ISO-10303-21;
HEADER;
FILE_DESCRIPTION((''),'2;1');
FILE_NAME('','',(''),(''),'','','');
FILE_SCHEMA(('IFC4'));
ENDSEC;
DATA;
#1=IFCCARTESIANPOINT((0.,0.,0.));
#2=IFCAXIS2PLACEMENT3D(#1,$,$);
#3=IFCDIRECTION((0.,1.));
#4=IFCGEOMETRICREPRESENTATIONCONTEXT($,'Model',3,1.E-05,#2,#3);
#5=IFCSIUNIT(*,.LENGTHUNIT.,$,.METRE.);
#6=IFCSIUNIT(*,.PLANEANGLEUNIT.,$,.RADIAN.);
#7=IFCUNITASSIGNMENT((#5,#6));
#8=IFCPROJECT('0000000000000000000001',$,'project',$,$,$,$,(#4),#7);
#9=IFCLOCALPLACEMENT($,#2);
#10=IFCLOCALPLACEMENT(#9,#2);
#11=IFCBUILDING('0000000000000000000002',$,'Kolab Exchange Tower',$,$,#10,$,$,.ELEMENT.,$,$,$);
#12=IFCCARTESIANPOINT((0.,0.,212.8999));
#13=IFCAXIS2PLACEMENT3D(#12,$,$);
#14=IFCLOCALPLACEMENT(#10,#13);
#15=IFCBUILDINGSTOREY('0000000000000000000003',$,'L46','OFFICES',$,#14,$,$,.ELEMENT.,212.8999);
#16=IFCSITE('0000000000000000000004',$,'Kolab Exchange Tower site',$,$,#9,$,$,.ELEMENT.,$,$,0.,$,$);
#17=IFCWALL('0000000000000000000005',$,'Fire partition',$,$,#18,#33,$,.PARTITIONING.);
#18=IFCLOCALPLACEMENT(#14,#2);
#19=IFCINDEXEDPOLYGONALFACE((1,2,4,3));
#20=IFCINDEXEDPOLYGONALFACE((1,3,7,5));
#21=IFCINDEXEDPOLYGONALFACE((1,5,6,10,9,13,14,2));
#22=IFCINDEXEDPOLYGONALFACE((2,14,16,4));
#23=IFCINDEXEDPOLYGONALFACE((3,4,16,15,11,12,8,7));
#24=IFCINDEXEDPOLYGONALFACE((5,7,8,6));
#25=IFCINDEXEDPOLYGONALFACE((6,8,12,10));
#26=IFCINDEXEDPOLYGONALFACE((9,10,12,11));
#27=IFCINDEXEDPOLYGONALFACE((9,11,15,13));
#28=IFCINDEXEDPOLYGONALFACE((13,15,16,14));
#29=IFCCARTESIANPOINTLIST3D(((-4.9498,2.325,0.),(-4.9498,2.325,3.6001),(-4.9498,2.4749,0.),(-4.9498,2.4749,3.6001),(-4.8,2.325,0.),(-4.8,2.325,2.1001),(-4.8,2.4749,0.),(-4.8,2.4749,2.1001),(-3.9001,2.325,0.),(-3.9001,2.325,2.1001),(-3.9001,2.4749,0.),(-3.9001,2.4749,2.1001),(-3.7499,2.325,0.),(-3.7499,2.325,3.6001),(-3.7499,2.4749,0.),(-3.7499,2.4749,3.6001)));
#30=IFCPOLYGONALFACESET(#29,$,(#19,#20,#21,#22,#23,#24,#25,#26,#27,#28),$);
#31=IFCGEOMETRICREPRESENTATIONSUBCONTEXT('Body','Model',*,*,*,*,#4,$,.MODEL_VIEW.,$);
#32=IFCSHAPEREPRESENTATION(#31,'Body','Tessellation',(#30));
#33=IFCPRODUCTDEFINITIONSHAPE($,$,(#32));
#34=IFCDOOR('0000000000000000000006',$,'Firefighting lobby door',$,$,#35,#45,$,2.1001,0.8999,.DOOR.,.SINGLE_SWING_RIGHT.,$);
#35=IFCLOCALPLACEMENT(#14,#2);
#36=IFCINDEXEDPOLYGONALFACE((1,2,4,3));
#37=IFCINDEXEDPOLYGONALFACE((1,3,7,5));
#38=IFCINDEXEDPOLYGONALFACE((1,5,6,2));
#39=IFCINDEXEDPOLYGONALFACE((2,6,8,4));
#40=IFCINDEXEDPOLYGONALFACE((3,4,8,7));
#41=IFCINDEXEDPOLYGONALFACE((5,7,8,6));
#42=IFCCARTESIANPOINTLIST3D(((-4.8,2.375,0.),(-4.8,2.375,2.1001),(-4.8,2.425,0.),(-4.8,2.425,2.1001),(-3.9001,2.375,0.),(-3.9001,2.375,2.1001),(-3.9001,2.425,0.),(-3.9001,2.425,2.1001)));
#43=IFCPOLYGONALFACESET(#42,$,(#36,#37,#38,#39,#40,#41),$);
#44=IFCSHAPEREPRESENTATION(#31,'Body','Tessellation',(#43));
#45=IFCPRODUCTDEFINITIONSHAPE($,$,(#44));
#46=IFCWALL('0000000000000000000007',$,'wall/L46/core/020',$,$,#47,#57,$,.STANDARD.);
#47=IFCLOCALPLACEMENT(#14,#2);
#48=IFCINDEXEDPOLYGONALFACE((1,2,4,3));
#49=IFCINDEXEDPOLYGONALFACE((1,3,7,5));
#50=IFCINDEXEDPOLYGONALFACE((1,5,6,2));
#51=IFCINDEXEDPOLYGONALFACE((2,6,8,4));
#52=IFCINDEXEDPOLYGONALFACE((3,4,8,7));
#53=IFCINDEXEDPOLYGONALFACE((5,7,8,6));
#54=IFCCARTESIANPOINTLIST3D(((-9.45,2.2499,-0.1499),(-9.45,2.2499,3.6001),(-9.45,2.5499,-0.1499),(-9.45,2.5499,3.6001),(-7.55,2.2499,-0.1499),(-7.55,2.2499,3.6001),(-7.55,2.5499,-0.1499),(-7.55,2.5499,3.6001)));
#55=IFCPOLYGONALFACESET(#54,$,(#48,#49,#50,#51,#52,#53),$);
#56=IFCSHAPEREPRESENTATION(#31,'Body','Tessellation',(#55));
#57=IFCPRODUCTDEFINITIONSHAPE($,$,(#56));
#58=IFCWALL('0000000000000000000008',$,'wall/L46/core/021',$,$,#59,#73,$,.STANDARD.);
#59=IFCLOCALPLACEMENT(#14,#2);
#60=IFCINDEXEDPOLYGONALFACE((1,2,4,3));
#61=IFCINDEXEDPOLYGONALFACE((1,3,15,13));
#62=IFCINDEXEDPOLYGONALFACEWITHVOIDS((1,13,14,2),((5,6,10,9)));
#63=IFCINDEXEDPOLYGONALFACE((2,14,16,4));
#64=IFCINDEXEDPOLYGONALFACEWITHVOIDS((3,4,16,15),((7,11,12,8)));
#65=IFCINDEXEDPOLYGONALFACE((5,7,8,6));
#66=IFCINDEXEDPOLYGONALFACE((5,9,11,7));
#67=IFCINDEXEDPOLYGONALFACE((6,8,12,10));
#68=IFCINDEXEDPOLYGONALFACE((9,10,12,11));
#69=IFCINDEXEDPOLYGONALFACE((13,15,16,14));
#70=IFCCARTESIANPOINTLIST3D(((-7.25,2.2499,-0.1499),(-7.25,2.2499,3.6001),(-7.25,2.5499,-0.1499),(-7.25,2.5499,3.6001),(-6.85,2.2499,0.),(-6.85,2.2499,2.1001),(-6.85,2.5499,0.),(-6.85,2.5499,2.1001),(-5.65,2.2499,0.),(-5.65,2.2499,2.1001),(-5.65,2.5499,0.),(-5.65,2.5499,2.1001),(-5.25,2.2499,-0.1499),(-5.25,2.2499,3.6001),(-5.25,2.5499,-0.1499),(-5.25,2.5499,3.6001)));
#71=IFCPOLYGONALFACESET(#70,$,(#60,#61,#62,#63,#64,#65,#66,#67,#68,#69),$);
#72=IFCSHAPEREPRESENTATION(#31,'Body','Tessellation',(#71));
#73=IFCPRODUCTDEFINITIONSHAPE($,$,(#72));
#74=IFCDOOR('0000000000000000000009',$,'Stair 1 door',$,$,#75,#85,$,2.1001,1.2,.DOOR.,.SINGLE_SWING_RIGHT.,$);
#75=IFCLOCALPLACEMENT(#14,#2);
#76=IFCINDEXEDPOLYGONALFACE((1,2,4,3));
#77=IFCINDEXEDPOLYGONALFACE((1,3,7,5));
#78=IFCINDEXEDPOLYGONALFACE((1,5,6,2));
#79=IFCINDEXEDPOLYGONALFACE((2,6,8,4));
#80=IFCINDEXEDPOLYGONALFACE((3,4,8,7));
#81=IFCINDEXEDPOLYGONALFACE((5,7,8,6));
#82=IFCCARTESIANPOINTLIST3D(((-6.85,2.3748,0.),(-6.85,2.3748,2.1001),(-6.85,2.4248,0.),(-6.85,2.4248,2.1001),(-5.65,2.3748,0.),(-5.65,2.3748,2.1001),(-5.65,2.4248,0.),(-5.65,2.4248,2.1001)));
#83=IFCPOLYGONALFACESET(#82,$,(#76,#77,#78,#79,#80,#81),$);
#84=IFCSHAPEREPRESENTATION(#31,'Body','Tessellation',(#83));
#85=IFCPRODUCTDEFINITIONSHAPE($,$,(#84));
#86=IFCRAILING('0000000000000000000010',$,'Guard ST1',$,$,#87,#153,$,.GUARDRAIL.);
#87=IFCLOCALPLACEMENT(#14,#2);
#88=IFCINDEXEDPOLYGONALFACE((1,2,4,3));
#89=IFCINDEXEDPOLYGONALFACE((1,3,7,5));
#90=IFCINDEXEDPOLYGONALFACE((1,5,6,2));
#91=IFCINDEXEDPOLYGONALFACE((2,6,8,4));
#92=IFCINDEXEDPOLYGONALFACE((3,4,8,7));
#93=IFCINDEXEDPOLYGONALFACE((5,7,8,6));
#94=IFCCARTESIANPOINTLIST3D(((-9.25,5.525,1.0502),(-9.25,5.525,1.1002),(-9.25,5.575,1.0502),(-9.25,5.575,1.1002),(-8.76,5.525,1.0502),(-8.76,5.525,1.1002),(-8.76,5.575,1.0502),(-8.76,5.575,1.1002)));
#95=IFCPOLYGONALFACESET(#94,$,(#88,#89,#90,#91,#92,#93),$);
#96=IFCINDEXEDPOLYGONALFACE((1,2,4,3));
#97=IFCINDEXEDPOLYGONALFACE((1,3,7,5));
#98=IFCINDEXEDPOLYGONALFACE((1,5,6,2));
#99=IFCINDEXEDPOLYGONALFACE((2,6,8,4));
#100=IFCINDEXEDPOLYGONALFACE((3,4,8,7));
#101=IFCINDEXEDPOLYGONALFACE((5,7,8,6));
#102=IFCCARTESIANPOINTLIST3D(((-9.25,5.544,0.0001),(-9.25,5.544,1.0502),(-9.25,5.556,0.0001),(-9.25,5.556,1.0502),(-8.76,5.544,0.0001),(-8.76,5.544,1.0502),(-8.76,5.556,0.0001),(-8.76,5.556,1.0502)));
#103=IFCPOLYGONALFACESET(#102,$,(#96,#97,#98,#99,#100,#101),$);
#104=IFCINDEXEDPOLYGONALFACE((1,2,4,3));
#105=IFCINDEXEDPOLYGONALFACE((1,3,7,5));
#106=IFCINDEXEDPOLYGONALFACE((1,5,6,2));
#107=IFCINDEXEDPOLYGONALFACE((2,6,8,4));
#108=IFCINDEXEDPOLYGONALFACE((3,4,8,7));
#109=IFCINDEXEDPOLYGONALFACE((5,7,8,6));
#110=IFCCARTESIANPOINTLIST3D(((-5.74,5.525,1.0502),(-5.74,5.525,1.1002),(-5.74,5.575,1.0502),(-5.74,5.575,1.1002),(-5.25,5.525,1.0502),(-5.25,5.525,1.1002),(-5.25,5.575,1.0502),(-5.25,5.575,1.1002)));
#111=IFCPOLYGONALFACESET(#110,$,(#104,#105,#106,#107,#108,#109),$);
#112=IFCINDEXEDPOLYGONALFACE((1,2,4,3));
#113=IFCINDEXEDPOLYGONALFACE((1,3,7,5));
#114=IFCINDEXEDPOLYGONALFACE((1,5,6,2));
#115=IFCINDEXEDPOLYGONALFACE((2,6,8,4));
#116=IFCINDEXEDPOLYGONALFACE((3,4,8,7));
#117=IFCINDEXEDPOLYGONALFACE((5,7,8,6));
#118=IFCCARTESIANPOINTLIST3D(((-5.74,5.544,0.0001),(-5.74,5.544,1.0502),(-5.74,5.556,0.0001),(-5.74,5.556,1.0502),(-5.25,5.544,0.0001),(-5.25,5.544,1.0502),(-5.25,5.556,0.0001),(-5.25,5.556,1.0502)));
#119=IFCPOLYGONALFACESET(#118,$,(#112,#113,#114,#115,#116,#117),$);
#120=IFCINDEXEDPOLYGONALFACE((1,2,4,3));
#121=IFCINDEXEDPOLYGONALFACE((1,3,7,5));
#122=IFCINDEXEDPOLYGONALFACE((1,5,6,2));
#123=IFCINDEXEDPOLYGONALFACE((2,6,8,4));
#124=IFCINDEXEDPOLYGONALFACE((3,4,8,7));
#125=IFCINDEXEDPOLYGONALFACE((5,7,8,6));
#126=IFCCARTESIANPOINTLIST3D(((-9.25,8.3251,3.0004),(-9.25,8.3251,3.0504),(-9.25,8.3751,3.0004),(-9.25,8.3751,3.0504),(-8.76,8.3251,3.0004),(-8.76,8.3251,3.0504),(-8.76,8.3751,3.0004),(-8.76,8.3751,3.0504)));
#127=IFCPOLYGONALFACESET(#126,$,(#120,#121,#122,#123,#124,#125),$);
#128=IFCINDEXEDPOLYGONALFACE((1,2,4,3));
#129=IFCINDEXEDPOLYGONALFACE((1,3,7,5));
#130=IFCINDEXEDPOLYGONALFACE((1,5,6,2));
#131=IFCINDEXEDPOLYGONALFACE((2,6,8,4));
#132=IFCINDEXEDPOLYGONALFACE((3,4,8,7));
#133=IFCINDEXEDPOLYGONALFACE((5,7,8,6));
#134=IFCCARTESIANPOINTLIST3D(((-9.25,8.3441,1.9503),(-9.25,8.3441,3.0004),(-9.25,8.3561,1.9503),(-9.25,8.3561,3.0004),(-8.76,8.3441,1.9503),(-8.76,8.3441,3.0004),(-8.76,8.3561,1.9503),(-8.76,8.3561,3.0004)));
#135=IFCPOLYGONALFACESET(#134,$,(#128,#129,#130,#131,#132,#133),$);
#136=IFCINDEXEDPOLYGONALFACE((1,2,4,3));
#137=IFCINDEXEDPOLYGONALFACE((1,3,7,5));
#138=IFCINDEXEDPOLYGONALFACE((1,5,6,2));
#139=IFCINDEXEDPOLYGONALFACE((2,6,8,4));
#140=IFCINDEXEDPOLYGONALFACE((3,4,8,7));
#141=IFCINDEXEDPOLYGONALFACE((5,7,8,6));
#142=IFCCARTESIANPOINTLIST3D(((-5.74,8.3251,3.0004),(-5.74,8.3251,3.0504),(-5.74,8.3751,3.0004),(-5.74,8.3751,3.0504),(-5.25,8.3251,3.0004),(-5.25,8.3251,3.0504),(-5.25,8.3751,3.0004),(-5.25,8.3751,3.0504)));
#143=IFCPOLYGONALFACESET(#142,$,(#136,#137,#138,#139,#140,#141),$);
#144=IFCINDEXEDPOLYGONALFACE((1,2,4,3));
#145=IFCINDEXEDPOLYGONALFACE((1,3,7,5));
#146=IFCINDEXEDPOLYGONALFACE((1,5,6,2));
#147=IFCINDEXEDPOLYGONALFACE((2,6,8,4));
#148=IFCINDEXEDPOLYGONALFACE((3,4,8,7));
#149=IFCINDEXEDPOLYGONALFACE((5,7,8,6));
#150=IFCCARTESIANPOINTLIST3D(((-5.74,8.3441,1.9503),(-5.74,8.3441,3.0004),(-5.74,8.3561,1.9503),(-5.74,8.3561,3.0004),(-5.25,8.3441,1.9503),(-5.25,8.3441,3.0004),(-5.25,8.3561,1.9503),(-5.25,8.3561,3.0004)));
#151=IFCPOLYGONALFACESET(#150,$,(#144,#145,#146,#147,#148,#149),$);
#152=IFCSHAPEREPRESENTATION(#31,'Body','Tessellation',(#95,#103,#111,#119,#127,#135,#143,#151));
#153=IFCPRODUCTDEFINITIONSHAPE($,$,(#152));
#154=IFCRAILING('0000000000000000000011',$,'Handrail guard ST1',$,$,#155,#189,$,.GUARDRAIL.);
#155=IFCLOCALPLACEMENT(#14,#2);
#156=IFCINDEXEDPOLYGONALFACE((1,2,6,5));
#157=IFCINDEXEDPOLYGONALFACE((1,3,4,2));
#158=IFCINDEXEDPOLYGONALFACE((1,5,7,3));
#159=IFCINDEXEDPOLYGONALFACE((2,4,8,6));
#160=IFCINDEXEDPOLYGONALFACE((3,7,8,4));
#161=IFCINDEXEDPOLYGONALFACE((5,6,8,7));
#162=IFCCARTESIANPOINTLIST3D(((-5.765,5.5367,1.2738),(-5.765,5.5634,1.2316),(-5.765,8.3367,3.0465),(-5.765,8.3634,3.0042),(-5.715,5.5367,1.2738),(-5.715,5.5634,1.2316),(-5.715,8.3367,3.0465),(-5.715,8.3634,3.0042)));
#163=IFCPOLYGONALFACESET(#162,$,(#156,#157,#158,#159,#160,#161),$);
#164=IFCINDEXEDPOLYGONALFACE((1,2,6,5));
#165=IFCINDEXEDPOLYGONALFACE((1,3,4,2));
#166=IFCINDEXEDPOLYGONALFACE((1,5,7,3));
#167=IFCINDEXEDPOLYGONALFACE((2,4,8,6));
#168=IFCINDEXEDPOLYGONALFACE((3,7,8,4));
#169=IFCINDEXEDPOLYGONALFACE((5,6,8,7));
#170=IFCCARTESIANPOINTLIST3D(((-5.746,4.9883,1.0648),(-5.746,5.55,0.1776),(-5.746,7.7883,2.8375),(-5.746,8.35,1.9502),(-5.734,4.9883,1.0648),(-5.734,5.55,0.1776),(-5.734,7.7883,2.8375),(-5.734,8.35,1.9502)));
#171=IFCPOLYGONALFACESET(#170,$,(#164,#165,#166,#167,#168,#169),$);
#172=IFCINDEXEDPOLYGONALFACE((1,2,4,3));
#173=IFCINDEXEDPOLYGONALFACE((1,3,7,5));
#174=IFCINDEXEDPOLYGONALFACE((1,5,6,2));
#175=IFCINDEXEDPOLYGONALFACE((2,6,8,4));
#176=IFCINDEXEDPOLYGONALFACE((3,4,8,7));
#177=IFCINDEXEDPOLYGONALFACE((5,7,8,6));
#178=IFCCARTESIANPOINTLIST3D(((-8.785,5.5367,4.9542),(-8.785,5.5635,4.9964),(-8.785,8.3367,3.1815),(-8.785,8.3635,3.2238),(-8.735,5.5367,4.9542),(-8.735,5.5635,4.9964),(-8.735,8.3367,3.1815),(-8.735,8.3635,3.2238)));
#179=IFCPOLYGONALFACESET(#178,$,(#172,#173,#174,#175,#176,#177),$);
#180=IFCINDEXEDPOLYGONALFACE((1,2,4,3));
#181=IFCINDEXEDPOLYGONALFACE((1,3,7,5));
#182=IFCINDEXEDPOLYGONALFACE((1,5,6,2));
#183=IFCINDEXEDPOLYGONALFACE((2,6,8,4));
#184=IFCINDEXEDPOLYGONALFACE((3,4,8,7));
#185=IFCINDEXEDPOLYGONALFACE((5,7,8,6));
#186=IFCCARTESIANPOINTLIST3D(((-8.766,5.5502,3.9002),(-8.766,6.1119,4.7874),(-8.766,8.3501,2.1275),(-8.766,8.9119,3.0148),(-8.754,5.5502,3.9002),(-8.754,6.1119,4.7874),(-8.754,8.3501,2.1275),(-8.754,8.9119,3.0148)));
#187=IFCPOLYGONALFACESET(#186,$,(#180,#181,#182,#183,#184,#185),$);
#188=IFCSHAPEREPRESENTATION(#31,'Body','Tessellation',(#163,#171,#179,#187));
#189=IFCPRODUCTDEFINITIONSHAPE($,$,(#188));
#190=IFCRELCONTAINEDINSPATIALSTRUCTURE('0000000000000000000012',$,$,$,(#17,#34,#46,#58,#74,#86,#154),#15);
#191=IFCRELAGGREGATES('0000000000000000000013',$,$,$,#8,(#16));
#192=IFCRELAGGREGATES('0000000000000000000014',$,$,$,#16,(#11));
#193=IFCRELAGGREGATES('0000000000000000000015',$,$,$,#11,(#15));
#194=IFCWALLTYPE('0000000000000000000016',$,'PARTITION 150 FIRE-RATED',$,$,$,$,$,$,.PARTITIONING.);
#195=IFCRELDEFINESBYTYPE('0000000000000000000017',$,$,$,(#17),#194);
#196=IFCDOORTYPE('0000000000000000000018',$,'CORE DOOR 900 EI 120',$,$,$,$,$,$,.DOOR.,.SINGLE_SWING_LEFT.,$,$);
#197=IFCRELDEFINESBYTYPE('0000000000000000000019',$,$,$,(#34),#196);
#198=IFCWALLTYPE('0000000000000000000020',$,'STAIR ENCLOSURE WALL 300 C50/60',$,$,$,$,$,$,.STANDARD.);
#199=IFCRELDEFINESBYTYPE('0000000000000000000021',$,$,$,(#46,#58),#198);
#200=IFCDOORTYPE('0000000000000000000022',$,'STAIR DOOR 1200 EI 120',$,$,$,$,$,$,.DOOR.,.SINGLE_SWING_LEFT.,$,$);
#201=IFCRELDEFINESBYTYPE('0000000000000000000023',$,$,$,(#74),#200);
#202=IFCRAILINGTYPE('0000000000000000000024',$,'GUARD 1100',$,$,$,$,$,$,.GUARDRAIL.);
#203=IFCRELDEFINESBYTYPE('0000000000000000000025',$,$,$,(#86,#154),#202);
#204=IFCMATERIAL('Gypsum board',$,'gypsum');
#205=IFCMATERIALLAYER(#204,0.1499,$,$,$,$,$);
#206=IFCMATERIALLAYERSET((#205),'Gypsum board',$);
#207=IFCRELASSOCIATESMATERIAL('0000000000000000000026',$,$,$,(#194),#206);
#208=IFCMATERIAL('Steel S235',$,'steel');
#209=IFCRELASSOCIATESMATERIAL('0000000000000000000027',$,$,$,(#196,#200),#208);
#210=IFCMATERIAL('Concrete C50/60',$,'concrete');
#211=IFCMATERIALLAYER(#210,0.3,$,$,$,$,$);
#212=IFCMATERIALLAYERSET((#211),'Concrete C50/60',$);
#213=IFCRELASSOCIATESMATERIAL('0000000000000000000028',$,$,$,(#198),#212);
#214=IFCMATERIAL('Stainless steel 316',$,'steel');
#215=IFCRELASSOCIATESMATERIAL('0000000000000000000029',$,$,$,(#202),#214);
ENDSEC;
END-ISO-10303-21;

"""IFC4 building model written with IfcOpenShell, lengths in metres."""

from ifc_helpers import new_model, si_unit, direction, frame, frame_2d, origin, origin_2d, place, context, subcontext, project, spatial, rectangle, extrude, material, layer, layer_set, type_object, element, fill, save


model = new_model("IFC4")

# Units and contexts
model_context = context("Model", 3, precision=1e-05, world=origin(), true_north=direction((0.0, 1.0)))
body_context = subcontext(model_context, "Body", "Model", "MODEL_VIEW")
ifc_project = project(units=[si_unit("LENGTHUNIT", "METRE"), si_unit("PLANEANGLEUNIT", "RADIAN")], contexts=[model_context])

# Site, building, storey
site_placement = place(None, origin())
site = spatial("IfcSite", under=ifc_project, at=site_placement, Name="Kolab Exchange Tower site", CompositionType="ELEMENT", RefElevation=0.0)
building_placement = place(site_placement, origin())
building = spatial("IfcBuilding", under=site, at=building_placement, Name="Kolab Exchange Tower", CompositionType="ELEMENT")
storey_placement = place(building_placement, frame((0.0, 0.0, 212.8999)))
storey = spatial("IfcBuildingStorey", under=building, at=storey_placement, Name="L46", Description="OFFICES", CompositionType="ELEMENT", Elevation=212.8999)

# Shared definitions
ifc_material_1 = material(Name="Concrete C50/60", Category="concrete")

# Shared definitions
ifc_material_2 = material(Name="Stainless steel 316", Category="steel")

# Wall, opening, door
ifc_material_3 = material(Name="Gypsum board", Category="gypsum")
ifc_layer_1 = layer(ifc_material_3, 0.1499)
ifc_layer_set_1 = layer_set([ifc_layer_1], Name="Gypsum board")
wall_type_1 = type_object("IfcWallType", Name="PARTITION 150 FIRE-RATED", PredefinedType="PARTITIONING", material=ifc_layer_set_1)
wall_1_placement = place(storey_placement, frame((-4.95, 2.3999, 0.0), z_axis=(0.0, 0.0, 1.0), x_axis=(1.0, 0.0, 0.0)))
wall_1 = element("IfcWall", 1, at=wall_1_placement, inside=storey, type_object=wall_type_1, Name="Fire partition", PredefinedType="PARTITIONING", context=body_context, shape_type="SweptSolid", body=[
    extrude(rectangle(XDim=1.2, YDim=0.1499, at=frame_2d((0.6001, 0.0))), origin(), (0.0, 0.0, 1.0), 3.6001),
])
opening_1_placement = place(wall_1_placement, frame((0.1499, 0.0, 0.0)))
opening_1 = element("IfcOpeningElement", 2, at=opening_1_placement, cuts=wall_1, PredefinedType="OPENING", context=body_context, shape_type="SweptSolid", body=[
    extrude(rectangle(XDim=0.8999, YDim=2.1001, at=frame_2d((0.45, 1.05))), frame((0.0, 0.085, 0.0), z_axis=(0.0, -1.0, 0.0), x_axis=(1.0, 0.0, 0.0)), (0.0, 0.0, 1.0), 0.1699),
])
ifc_material_4 = material(Name="Steel S235", Category="steel")
door_type_1 = type_object("IfcDoorType", Name="CORE DOOR 900 EI 120", OperationType="SINGLE_SWING_LEFT", PredefinedType="DOOR", material=ifc_material_4)
door_1_placement = place(opening_1_placement, frame((0.8999, 0.0, 0.0), z_axis=(0.0, 0.0, 1.0), x_axis=(-1.0, 0.0, 0.0)))
door_1 = element("IfcDoor", 3, at=door_1_placement, inside=storey, type_object=door_type_1, Name="Firefighting lobby door", OperationType="SINGLE_SWING_RIGHT", OverallHeight=2.1001, OverallWidth=0.8999, PredefinedType="DOOR", context=body_context, shape_type="SweptSolid", body=[
    extrude(rectangle(XDim=0.8999, YDim=2.1001, at=frame_2d((0.45, 1.05))), frame((0.0, 0.0249, 0.0), z_axis=(0.0, -1.0, 0.0), x_axis=(1.0, 0.0, 0.0)), (0.0, 0.0, 1.0), 0.05),
])
fill(opening_1, door_1)

# Wall
ifc_layer_2 = layer(ifc_material_1, 0.3)
ifc_layer_set_2 = layer_set([ifc_layer_2], Name="Concrete C50/60")
wall_type_2 = type_object("IfcWallType", Name="STAIR ENCLOSURE WALL 300 C50/60", PredefinedType="STANDARD", material=ifc_layer_set_2)
wall_2_placement = place(storey_placement, frame((-9.45, 2.3999, -0.1499), z_axis=(0.0, 0.0, 1.0), x_axis=(1.0, 0.0, 0.0)))
element("IfcWall", 4, at=wall_2_placement, inside=storey, type_object=wall_type_2, Name="wall/L46/core/020", PredefinedType="STANDARD", context=body_context, shape_type="SweptSolid", body=[
    extrude(rectangle(XDim=1.8999, YDim=0.3, at=frame_2d((0.95, 0.0))), origin(), (0.0, 0.0, 1.0), 3.75),
])

# Wall, opening, door
wall_3_placement = place(storey_placement, frame((-7.25, 2.3999, -0.1499), z_axis=(0.0, 0.0, 1.0), x_axis=(1.0, 0.0, 0.0)))
wall_3 = element("IfcWall", 5, at=wall_3_placement, inside=storey, type_object=wall_type_2, Name="wall/L46/core/021", PredefinedType="STANDARD", context=body_context, shape_type="SweptSolid", body=[
    extrude(rectangle(XDim=2.0, YDim=0.3, at=frame_2d((1.0, 0.0))), origin(), (0.0, 0.0, 1.0), 3.75),
])
opening_2_placement = place(wall_3_placement, frame((0.3999, 0.0, 0.1499)))
opening_2 = element("IfcOpeningElement", 6, at=opening_2_placement, cuts=wall_3, PredefinedType="OPENING", context=body_context, shape_type="SweptSolid", body=[
    extrude(rectangle(XDim=1.2, YDim=2.1001, at=frame_2d((0.6001, 1.05))), frame((0.0, 0.1602, 0.0), z_axis=(0.0, -1.0, 0.0), x_axis=(1.0, 0.0, 0.0)), (0.0, 0.0, 1.0), 0.3201),
])
door_type_2 = type_object("IfcDoorType", Name="STAIR DOOR 1200 EI 120", OperationType="SINGLE_SWING_LEFT", PredefinedType="DOOR", material=ifc_material_4)
door_2_placement = place(opening_2_placement, origin())
door_2 = element("IfcDoor", 7, at=door_2_placement, inside=storey, type_object=door_type_2, Name="Stair 1 door", OperationType="SINGLE_SWING_RIGHT", OverallHeight=2.1001, OverallWidth=1.2, PredefinedType="DOOR", context=body_context, shape_type="SweptSolid", body=[
    extrude(rectangle(XDim=1.2, YDim=2.1001, at=frame_2d((0.6001, 1.05))), frame((0.0, 0.0249, 0.0), z_axis=(0.0, -1.0, 0.0), x_axis=(1.0, 0.0, 0.0)), (0.0, 0.0, 1.0), 0.05),
])
fill(opening_2, door_2)

# Railings
railing_type = type_object("IfcRailingType", Name="GUARD 1100", PredefinedType="GUARDRAIL", material=ifc_material_2)
railing_1_placement = place(storey_placement, frame((-9.25, 5.55, 0.0)))
element("IfcRailing", 8, at=railing_1_placement, inside=storey, type_object=railing_type, Name="Guard ST1", PredefinedType="GUARDRAIL", context=body_context, shape_type="SweptSolid", body=[
    extrude(rectangle(XDim=0.05, YDim=0.05, at=origin_2d()), frame((0.0, 0.0, 1.0752), z_axis=(1.0, 0.0, 0.0), x_axis=(0.0, 1.0, 0.0)), (0.0, 0.0, 1.0), 0.49),
    extrude(rectangle(XDim=0.012, YDim=1.0501, at=frame_2d((0.0, 0.5251))), frame((0.0, 0.0, 0.0), z_axis=(1.0, 0.0, 0.0), x_axis=(0.0, 1.0, 0.0)), (0.0, 0.0, 1.0), 0.49),
    extrude(rectangle(XDim=0.05, YDim=0.05, at=origin_2d()), frame((3.51, 0.0, 1.0752), z_axis=(1.0, 0.0, 0.0), x_axis=(0.0, 1.0, 0.0)), (0.0, 0.0, 1.0), 0.49),
    extrude(rectangle(XDim=0.012, YDim=1.0501, at=frame_2d((0.0, 0.5251))), frame((3.51, 0.0, 0.0), z_axis=(1.0, 0.0, 0.0), x_axis=(0.0, 1.0, 0.0)), (0.0, 0.0, 1.0), 0.49),
    extrude(rectangle(XDim=0.05, YDim=0.05, at=origin_2d()), frame((0.0, 2.8, 3.0254), z_axis=(1.0, 0.0, 0.0), x_axis=(0.0, 1.0, 0.0)), (0.0, 0.0, 1.0), 0.49),
    extrude(rectangle(XDim=0.012, YDim=1.0501, at=frame_2d((0.0, 0.5251))), frame((0.0, 2.8, 1.9502), z_axis=(1.0, 0.0, 0.0), x_axis=(0.0, 1.0, 0.0)), (0.0, 0.0, 1.0), 0.49),
    extrude(rectangle(XDim=0.05, YDim=0.05, at=origin_2d()), frame((3.51, 2.8, 3.0254), z_axis=(1.0, 0.0, 0.0), x_axis=(0.0, 1.0, 0.0)), (0.0, 0.0, 1.0), 0.49),
    extrude(rectangle(XDim=0.012, YDim=1.0501, at=frame_2d((0.0, 0.5251))), frame((3.51, 2.8, 1.9502), z_axis=(1.0, 0.0, 0.0), x_axis=(0.0, 1.0, 0.0)), (0.0, 0.0, 1.0), 0.49),
])
railing_2_placement = place(storey_placement, frame((-5.74, 5.55, 0.1775)))
element("IfcRailing", 9, at=railing_2_placement, inside=storey, type_object=railing_type, Name="Handrail guard ST1", PredefinedType="GUARDRAIL", context=body_context, shape_type="SweptSolid", body=[
    extrude(rectangle(XDim=0.05, YDim=0.05, at=origin_2d()), frame((0.0, 0.0, 1.0752), z_axis=(0.0, 0.844909, 0.53491), x_axis=(-1.0, 0.0, 0.0)), (0.0, 0.0, 1.0), 3.314),
    extrude(rectangle(XDim=0.012, YDim=1.0501, at=frame_2d((0.0, 0.5251))), frame((0.0, 0.0, 0.0), z_axis=(0.0, 0.844909, 0.53491), x_axis=(-1.0, 0.0, 0.0)), (0.0, 0.0, 1.0), 3.314),
    extrude(rectangle(XDim=0.05, YDim=0.05, at=origin_2d()), frame((-3.02, 2.8, 3.0251), z_axis=(0.0, -0.844909, 0.53491), x_axis=(1.0, 0.0, 0.0)), (0.0, 0.0, 1.0), 3.314),
    extrude(rectangle(XDim=0.012, YDim=1.0501, at=frame_2d((0.0, 0.5251))), frame((-3.02, 2.8, 1.95), z_axis=(0.0, -0.844909, 0.53491), x_axis=(1.0, 0.0, 0.0)), (0.0, 0.0, 1.0), 3.314),
])

save(model, "model.ifc")
